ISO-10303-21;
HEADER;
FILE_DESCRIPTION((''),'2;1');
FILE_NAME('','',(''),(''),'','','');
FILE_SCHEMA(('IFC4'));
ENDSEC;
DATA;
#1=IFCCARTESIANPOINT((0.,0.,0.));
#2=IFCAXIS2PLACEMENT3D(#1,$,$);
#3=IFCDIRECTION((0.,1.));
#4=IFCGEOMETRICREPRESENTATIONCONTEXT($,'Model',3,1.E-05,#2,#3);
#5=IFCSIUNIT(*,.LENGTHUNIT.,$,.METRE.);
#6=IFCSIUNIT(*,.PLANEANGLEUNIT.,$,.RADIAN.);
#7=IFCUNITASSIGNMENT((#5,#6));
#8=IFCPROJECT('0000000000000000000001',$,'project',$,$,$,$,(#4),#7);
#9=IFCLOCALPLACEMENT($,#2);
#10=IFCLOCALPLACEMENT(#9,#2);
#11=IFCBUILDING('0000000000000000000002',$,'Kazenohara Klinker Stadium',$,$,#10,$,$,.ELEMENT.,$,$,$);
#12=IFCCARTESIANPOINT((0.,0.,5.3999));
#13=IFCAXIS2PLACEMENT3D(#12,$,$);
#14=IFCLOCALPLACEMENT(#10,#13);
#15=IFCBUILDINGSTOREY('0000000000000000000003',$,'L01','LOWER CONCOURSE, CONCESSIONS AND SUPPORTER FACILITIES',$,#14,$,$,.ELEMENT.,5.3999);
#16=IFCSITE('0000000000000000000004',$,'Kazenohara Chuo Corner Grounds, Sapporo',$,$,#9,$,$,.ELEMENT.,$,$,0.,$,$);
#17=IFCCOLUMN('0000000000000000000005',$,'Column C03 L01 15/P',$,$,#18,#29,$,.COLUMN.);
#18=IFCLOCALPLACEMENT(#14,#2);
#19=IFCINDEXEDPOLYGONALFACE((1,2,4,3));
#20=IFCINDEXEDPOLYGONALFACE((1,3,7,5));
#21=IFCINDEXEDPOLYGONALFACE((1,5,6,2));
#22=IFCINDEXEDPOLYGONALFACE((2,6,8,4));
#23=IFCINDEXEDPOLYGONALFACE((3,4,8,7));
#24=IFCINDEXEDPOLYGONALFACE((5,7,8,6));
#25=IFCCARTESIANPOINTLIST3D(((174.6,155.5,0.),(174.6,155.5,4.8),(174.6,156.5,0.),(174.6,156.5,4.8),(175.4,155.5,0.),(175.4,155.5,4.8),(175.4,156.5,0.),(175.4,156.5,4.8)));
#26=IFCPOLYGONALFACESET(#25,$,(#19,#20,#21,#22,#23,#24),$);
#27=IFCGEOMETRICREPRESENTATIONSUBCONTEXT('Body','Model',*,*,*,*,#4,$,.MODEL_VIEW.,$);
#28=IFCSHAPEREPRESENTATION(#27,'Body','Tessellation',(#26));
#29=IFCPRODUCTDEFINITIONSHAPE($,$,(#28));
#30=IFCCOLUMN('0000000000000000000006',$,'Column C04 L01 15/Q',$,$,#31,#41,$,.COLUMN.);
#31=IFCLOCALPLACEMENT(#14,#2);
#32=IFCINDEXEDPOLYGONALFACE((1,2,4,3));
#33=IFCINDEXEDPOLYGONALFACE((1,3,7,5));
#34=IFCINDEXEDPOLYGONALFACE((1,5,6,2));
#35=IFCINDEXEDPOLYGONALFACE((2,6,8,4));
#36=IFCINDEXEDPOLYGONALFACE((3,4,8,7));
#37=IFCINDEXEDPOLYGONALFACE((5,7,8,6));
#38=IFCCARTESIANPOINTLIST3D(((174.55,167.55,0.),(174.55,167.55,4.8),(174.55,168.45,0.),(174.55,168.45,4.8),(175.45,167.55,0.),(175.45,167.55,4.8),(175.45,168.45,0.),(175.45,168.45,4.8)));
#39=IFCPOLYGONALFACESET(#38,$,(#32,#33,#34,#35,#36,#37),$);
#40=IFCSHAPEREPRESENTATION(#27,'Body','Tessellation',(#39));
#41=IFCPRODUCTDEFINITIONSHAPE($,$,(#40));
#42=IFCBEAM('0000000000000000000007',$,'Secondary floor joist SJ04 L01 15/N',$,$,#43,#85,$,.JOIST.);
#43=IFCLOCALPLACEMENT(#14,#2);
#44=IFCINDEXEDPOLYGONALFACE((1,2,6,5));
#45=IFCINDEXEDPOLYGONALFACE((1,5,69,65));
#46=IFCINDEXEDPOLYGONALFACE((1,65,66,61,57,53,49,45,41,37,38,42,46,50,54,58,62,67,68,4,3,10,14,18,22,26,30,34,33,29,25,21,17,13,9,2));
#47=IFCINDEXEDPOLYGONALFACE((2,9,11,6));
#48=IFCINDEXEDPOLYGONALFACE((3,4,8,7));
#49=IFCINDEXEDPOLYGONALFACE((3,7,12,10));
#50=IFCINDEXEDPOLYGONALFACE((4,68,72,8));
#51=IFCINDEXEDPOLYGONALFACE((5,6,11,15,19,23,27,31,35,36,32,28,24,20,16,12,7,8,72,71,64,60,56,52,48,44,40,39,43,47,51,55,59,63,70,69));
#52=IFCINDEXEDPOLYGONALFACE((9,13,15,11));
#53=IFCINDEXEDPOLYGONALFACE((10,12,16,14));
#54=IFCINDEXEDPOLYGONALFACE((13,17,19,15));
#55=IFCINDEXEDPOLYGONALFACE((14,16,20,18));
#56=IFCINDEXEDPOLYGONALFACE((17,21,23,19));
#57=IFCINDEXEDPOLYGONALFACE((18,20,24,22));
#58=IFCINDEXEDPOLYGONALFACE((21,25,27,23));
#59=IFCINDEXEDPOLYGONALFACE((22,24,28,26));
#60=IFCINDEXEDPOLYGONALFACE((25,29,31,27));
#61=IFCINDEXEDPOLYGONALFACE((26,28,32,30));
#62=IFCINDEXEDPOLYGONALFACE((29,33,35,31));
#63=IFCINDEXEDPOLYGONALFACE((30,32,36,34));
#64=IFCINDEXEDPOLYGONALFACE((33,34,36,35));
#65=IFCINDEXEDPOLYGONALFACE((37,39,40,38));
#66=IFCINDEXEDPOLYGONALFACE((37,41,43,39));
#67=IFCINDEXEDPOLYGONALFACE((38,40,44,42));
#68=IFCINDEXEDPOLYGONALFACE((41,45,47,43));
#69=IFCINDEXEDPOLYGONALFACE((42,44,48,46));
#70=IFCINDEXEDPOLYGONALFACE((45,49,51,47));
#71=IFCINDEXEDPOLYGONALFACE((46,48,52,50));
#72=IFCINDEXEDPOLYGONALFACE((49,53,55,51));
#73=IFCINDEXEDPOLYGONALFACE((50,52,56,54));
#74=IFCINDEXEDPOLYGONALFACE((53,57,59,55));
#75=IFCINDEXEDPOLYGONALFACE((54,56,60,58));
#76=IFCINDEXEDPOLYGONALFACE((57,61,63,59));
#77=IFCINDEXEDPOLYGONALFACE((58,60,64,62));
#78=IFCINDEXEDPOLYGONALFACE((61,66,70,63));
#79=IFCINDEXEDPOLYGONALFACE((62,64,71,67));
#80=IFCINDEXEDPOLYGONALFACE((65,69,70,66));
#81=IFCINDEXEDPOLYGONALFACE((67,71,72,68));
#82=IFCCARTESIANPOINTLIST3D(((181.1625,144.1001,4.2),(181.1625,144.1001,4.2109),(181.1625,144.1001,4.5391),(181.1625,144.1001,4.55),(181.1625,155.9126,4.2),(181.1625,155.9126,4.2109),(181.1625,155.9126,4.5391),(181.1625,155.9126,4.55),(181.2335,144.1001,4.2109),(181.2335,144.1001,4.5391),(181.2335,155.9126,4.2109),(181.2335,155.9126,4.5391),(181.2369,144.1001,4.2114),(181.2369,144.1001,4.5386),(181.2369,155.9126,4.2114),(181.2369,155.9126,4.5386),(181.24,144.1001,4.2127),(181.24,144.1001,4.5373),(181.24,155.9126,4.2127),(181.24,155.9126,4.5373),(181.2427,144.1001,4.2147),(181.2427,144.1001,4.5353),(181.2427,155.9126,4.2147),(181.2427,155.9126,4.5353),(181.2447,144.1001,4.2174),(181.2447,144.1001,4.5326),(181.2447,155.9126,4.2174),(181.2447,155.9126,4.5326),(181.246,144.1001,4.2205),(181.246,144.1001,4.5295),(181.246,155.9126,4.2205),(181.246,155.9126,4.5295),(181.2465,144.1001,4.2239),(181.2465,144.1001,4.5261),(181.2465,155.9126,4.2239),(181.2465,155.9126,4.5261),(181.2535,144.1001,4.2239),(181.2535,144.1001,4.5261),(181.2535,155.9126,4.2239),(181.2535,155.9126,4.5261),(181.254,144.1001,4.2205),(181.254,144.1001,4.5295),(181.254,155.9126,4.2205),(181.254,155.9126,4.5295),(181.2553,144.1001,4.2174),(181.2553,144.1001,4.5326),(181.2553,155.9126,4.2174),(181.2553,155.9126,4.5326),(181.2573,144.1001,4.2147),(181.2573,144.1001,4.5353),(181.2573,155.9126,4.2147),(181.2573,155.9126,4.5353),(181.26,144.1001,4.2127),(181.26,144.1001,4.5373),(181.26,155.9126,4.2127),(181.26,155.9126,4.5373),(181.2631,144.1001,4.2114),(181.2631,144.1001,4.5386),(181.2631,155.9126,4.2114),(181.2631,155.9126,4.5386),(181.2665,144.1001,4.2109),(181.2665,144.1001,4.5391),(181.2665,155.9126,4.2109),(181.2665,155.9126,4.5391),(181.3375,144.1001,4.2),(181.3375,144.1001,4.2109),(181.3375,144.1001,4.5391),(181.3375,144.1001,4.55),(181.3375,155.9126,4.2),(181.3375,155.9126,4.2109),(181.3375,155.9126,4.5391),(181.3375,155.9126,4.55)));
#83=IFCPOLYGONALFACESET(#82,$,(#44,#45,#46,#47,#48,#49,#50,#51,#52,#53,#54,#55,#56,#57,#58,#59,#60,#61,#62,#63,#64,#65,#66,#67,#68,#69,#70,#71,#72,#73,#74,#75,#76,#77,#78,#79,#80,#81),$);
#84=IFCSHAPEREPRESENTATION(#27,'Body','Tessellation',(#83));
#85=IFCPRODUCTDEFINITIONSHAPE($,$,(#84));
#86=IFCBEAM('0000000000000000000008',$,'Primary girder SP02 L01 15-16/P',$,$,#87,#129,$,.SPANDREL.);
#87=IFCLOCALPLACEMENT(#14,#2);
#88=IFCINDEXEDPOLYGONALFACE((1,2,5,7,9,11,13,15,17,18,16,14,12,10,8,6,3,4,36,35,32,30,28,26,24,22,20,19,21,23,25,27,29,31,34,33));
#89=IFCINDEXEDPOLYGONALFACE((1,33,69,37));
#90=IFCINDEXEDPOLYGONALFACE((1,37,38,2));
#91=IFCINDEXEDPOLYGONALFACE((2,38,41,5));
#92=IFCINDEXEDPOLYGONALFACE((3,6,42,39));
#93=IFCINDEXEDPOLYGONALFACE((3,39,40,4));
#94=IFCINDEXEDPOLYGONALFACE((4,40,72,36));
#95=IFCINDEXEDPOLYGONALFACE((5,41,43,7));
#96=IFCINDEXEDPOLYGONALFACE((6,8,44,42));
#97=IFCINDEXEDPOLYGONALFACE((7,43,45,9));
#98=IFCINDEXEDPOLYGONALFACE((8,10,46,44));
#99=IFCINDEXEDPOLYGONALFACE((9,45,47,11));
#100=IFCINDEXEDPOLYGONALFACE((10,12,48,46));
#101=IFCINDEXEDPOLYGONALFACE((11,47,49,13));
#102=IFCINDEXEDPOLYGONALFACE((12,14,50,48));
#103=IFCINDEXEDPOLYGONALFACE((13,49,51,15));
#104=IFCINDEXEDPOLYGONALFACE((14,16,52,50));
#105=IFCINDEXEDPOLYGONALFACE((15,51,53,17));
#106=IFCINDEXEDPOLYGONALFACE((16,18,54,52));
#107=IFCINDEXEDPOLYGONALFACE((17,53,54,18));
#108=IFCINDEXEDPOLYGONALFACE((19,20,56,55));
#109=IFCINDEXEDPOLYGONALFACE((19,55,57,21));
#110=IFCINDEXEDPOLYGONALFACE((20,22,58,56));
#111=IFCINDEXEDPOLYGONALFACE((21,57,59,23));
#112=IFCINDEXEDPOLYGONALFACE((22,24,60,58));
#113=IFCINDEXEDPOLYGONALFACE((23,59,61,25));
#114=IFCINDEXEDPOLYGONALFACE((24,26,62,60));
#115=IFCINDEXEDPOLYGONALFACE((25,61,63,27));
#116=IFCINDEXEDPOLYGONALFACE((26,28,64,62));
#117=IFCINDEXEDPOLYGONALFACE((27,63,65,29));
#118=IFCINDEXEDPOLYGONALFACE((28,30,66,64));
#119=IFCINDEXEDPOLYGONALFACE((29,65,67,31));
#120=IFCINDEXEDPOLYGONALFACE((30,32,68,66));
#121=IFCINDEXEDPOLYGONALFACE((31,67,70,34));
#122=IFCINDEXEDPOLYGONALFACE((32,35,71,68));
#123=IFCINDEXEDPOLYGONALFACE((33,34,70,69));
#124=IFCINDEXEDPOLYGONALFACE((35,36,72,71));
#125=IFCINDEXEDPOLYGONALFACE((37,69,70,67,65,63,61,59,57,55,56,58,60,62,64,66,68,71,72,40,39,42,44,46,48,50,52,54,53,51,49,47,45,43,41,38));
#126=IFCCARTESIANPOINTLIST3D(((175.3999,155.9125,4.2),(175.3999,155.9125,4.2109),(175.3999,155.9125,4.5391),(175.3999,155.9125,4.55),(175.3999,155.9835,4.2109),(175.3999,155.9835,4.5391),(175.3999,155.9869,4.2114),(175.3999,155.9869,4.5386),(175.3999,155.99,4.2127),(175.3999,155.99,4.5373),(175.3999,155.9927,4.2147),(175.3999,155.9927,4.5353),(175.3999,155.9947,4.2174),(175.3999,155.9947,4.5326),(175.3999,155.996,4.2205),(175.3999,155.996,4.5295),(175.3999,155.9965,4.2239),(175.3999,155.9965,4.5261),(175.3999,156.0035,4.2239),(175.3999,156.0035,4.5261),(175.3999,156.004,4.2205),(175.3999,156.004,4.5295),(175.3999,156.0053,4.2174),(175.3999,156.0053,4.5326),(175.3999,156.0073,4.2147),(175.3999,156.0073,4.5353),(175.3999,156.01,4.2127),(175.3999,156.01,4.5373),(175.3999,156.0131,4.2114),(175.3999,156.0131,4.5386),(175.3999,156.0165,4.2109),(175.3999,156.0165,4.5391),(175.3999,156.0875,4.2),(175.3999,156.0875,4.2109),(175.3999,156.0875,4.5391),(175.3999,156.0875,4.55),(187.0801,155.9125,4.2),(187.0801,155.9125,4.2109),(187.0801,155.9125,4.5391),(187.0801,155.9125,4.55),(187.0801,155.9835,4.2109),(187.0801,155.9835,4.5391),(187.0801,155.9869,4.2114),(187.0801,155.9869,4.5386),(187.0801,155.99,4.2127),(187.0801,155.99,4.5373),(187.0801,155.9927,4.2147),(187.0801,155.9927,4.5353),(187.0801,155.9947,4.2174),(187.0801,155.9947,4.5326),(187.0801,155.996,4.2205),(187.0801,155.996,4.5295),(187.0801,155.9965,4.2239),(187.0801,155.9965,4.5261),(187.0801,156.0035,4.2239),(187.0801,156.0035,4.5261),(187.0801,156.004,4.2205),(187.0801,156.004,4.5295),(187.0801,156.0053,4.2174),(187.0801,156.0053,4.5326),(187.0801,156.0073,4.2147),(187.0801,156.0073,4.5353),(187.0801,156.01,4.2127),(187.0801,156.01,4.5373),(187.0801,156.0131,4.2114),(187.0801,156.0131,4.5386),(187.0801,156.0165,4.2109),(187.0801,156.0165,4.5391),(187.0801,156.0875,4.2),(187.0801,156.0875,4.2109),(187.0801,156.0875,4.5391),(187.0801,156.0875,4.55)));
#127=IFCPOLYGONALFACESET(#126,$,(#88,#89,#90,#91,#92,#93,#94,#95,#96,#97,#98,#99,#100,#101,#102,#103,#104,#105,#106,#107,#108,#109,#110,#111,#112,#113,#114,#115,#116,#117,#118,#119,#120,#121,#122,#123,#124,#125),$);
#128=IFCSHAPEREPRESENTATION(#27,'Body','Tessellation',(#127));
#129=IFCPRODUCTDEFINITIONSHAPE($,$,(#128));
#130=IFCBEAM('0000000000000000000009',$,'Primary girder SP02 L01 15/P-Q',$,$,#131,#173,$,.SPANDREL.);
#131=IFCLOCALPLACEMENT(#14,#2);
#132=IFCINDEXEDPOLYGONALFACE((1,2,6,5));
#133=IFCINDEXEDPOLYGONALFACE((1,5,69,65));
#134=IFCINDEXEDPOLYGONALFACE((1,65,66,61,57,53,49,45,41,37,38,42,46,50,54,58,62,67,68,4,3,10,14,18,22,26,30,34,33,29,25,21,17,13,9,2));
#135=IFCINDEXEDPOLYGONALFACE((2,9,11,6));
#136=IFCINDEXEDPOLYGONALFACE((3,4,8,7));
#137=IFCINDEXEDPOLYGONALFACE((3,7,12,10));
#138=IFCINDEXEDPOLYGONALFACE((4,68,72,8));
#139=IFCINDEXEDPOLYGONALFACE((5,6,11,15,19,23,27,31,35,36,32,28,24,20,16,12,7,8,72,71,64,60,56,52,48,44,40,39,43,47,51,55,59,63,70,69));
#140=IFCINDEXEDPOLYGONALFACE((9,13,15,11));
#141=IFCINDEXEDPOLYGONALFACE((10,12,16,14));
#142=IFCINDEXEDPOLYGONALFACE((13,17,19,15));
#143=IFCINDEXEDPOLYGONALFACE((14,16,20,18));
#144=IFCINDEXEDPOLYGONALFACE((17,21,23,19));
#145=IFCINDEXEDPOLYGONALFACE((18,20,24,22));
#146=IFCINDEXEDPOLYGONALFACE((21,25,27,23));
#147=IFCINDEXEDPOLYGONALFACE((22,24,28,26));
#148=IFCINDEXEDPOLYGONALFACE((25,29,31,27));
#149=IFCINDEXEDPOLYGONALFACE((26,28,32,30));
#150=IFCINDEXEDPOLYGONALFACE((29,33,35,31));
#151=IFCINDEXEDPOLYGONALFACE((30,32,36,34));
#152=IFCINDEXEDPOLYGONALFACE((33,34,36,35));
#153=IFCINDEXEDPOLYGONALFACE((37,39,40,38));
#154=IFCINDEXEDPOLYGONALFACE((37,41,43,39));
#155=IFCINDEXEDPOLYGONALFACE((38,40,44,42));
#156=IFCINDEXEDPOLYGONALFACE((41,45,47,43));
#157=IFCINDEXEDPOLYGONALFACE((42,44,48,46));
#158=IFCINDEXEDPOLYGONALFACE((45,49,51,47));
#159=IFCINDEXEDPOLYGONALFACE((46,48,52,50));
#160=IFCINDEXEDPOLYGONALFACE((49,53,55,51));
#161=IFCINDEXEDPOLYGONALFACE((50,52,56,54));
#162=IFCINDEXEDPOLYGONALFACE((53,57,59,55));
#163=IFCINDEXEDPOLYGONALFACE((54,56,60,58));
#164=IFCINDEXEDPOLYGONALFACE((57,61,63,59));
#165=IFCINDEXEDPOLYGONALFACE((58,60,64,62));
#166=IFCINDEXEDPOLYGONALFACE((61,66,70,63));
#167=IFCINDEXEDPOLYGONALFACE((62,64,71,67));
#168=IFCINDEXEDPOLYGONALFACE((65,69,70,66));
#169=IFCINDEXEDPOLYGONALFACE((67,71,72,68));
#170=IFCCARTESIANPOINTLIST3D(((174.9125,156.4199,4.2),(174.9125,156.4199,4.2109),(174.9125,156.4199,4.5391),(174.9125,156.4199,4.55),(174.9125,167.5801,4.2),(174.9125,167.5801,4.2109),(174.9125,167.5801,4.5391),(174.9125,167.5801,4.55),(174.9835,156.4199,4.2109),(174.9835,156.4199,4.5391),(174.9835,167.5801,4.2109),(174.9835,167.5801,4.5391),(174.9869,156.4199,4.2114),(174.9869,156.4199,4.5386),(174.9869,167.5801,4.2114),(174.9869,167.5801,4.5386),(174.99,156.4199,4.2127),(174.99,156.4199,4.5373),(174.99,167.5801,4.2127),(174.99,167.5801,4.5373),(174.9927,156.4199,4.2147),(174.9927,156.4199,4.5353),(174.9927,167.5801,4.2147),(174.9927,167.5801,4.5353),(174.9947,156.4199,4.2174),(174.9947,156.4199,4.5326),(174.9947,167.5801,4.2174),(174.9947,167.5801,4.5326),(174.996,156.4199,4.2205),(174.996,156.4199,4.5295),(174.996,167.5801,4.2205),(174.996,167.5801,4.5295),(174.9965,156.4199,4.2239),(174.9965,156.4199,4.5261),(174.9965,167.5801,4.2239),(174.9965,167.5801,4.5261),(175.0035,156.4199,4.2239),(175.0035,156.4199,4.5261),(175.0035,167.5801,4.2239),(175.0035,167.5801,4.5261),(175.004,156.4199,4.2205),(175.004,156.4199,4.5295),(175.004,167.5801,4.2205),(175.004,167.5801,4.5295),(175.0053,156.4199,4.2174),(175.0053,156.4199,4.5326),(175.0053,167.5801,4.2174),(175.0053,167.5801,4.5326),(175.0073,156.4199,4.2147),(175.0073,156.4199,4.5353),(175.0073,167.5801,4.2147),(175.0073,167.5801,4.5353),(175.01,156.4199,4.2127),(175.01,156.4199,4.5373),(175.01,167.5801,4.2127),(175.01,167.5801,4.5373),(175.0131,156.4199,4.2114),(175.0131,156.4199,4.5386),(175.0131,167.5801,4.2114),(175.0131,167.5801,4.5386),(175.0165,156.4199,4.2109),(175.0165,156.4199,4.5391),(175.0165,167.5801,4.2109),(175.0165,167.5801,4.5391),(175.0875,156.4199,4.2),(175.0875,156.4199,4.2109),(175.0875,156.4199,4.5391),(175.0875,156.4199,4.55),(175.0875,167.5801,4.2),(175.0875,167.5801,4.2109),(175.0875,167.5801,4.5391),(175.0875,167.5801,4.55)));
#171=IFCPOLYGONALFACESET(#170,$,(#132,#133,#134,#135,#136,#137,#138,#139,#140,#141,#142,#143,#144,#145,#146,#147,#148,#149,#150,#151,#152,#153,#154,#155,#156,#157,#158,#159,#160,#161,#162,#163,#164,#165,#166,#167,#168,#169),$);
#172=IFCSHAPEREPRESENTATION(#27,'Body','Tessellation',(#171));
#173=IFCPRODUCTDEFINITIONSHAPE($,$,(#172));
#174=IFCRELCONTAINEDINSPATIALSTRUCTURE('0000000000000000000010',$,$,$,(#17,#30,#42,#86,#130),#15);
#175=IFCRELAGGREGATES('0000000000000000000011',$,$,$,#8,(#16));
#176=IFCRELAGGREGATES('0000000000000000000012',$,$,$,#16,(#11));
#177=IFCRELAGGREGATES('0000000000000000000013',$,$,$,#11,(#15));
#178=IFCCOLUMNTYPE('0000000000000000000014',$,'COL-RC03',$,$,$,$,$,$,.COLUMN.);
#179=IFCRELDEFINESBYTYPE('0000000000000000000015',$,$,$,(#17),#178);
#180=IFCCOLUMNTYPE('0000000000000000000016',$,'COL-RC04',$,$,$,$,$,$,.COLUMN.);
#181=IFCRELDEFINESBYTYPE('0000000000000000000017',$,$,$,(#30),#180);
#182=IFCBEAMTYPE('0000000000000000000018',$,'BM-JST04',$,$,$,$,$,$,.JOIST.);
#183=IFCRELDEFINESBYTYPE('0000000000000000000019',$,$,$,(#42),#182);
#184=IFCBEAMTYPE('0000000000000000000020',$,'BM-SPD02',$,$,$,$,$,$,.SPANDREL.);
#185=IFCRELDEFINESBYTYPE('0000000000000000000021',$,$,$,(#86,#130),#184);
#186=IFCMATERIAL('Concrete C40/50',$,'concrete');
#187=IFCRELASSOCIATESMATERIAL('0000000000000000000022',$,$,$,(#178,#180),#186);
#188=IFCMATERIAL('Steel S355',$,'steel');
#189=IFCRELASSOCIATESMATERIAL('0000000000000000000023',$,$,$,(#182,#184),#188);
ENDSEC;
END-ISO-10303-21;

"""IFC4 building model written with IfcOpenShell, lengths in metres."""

from ifc_helpers import new_model, si_unit, direction, frame, origin, origin_2d, place, context, subcontext, project, spatial, rectangle, i_section, extrude, material, material_profile, profile_set, type_object, element, save


model = new_model("IFC4")

# Units and contexts
model_context = context("Model", 3, precision=1e-05, world=origin(), true_north=direction((0.0, 1.0)))
body_context = subcontext(model_context, "Body", "Model", "MODEL_VIEW")
ifc_project = project(units=[si_unit("LENGTHUNIT", "METRE"), si_unit("PLANEANGLEUNIT", "RADIAN")], contexts=[model_context])

# Site, building, storey
site_placement = place(None, origin())
site = spatial("IfcSite", under=ifc_project, at=site_placement, Name="Kazenohara Chuo Corner Grounds, Sapporo", CompositionType="ELEMENT", RefElevation=0.0)
building_placement = place(site_placement, origin())
building = spatial("IfcBuilding", under=site, at=building_placement, Name="Kazenohara Klinker Stadium", CompositionType="ELEMENT")
storey_placement = place(building_placement, frame((0.0, 0.0, 5.3999)))
storey = spatial("IfcBuildingStorey", under=building, at=storey_placement, Name="L01", Description="LOWER CONCOURSE, CONCESSIONS AND SUPPORTER FACILITIES", CompositionType="ELEMENT", Elevation=5.3999)

# Columns
ifc_material_1 = material(Name="Concrete C40/50", Category="concrete")
ifc_material_profile_1 = material_profile(ifc_material_1, rectangle(XDim=0.8, YDim=1.0, at=origin_2d()), Name="RC-COL-1000x800")
ifc_profile_set_1 = profile_set([ifc_material_profile_1], Name="Concrete C40/50")
column_type_1 = type_object("IfcColumnType", Name="COL-RC03", PredefinedType="COLUMN", material=ifc_profile_set_1)
column_1_placement = place(storey_placement, frame((175.0, 156.0, 0.0), z_axis=(0.0, 0.0, 1.0), x_axis=(1.0, 0.0, 0.0)))
element("IfcColumn", 1, at=column_1_placement, inside=storey, type_object=column_type_1, Name="Column C03 L01 15/P", PredefinedType="COLUMN", context=body_context, shape_type="SweptSolid", body=[
    extrude(rectangle(XDim=0.8, YDim=1.0, at=origin_2d()), origin(), (0.0, 0.0, 1.0), 4.8),
])
ifc_material_profile_2 = material_profile(ifc_material_1, rectangle(XDim=0.8999, YDim=0.8999, at=origin_2d()), Name="RC-COL-900x900")
ifc_profile_set_2 = profile_set([ifc_material_profile_2], Name="Concrete C40/50")
column_type_2 = type_object("IfcColumnType", Name="COL-RC04", PredefinedType="COLUMN", material=ifc_profile_set_2)
column_2_placement = place(storey_placement, frame((175.0, 168.0, 0.0), z_axis=(0.0, 0.0, 1.0), x_axis=(1.0, 0.0, 0.0)))
element("IfcColumn", 2, at=column_2_placement, inside=storey, type_object=column_type_2, Name="Column C04 L01 15/Q", PredefinedType="COLUMN", context=body_context, shape_type="SweptSolid", body=[
    extrude(rectangle(XDim=0.8999, YDim=0.8999, at=origin_2d()), origin(), (0.0, 0.0, 1.0), 4.8),
])

# Beams
ifc_material_2 = material(Name="Steel S355", Category="steel")
ifc_material_profile_3 = material_profile(ifc_material_2, i_section(OverallWidth=0.175, OverallDepth=0.3501, WebThickness=0.0071, FlangeThickness=0.011, FilletRadius=0.0129, at=origin_2d()), Name="H-350x175x7x11")
ifc_profile_set_3 = profile_set([ifc_material_profile_3], Name="Steel S355")
beam_type_1 = type_object("IfcBeamType", Name="BM-JST04", PredefinedType="JOIST", material=ifc_profile_set_3)
beam_1_placement = place(storey_placement, frame((181.25, 144.1001, 4.375), z_axis=(0.0, 1.0, 0.0), x_axis=(-1.0, 0.0, 0.0)))
element("IfcBeam", 3, at=beam_1_placement, inside=storey, type_object=beam_type_1, Name="Secondary floor joist SJ04 L01 15/N", PredefinedType="JOIST", context=body_context, shape_type="SweptSolid", body=[
    extrude(i_section(OverallWidth=0.175, OverallDepth=0.3501, WebThickness=0.0071, FlangeThickness=0.011, FilletRadius=0.0129, at=origin_2d()), origin(), (0.0, 0.0, 1.0), 11.8125),
])
ifc_material_profile_4 = material_profile(ifc_material_2, i_section(OverallWidth=0.175, OverallDepth=0.3501, WebThickness=0.0071, FlangeThickness=0.011, FilletRadius=0.0129, at=origin_2d()), Name="H-350x175x7x11")
ifc_profile_set_4 = profile_set([ifc_material_profile_4], Name="Steel S355")
beam_type_2 = type_object("IfcBeamType", Name="BM-SPD02", PredefinedType="SPANDREL", material=ifc_profile_set_4)
beam_2_placement = place(storey_placement, frame((175.3999, 156.0, 4.375), z_axis=(1.0, 0.0, 0.0), x_axis=(0.0, 1.0, 0.0)))
element("IfcBeam", 4, at=beam_2_placement, inside=storey, type_object=beam_type_2, Name="Primary girder SP02 L01 15-16/P", PredefinedType="SPANDREL", context=body_context, shape_type="SweptSolid", body=[
    extrude(i_section(OverallWidth=0.175, OverallDepth=0.3501, WebThickness=0.0071, FlangeThickness=0.011, FilletRadius=0.0129, at=origin_2d()), origin(), (0.0, 0.0, 1.0), 11.6802),
])
beam_3_placement = place(storey_placement, frame((175.0, 156.4199, 4.375), z_axis=(0.0, 1.0, 0.0), x_axis=(-1.0, 0.0, 0.0)))
element("IfcBeam", 5, at=beam_3_placement, inside=storey, type_object=beam_type_2, Name="Primary girder SP02 L01 15/P-Q", PredefinedType="SPANDREL", context=body_context, shape_type="SweptSolid", body=[
    extrude(i_section(OverallWidth=0.175, OverallDepth=0.3501, WebThickness=0.0071, FlangeThickness=0.011, FilletRadius=0.0129, at=origin_2d()), origin(), (0.0, 0.0, 1.0), 11.1602),
])

save(model, "model.ifc")
